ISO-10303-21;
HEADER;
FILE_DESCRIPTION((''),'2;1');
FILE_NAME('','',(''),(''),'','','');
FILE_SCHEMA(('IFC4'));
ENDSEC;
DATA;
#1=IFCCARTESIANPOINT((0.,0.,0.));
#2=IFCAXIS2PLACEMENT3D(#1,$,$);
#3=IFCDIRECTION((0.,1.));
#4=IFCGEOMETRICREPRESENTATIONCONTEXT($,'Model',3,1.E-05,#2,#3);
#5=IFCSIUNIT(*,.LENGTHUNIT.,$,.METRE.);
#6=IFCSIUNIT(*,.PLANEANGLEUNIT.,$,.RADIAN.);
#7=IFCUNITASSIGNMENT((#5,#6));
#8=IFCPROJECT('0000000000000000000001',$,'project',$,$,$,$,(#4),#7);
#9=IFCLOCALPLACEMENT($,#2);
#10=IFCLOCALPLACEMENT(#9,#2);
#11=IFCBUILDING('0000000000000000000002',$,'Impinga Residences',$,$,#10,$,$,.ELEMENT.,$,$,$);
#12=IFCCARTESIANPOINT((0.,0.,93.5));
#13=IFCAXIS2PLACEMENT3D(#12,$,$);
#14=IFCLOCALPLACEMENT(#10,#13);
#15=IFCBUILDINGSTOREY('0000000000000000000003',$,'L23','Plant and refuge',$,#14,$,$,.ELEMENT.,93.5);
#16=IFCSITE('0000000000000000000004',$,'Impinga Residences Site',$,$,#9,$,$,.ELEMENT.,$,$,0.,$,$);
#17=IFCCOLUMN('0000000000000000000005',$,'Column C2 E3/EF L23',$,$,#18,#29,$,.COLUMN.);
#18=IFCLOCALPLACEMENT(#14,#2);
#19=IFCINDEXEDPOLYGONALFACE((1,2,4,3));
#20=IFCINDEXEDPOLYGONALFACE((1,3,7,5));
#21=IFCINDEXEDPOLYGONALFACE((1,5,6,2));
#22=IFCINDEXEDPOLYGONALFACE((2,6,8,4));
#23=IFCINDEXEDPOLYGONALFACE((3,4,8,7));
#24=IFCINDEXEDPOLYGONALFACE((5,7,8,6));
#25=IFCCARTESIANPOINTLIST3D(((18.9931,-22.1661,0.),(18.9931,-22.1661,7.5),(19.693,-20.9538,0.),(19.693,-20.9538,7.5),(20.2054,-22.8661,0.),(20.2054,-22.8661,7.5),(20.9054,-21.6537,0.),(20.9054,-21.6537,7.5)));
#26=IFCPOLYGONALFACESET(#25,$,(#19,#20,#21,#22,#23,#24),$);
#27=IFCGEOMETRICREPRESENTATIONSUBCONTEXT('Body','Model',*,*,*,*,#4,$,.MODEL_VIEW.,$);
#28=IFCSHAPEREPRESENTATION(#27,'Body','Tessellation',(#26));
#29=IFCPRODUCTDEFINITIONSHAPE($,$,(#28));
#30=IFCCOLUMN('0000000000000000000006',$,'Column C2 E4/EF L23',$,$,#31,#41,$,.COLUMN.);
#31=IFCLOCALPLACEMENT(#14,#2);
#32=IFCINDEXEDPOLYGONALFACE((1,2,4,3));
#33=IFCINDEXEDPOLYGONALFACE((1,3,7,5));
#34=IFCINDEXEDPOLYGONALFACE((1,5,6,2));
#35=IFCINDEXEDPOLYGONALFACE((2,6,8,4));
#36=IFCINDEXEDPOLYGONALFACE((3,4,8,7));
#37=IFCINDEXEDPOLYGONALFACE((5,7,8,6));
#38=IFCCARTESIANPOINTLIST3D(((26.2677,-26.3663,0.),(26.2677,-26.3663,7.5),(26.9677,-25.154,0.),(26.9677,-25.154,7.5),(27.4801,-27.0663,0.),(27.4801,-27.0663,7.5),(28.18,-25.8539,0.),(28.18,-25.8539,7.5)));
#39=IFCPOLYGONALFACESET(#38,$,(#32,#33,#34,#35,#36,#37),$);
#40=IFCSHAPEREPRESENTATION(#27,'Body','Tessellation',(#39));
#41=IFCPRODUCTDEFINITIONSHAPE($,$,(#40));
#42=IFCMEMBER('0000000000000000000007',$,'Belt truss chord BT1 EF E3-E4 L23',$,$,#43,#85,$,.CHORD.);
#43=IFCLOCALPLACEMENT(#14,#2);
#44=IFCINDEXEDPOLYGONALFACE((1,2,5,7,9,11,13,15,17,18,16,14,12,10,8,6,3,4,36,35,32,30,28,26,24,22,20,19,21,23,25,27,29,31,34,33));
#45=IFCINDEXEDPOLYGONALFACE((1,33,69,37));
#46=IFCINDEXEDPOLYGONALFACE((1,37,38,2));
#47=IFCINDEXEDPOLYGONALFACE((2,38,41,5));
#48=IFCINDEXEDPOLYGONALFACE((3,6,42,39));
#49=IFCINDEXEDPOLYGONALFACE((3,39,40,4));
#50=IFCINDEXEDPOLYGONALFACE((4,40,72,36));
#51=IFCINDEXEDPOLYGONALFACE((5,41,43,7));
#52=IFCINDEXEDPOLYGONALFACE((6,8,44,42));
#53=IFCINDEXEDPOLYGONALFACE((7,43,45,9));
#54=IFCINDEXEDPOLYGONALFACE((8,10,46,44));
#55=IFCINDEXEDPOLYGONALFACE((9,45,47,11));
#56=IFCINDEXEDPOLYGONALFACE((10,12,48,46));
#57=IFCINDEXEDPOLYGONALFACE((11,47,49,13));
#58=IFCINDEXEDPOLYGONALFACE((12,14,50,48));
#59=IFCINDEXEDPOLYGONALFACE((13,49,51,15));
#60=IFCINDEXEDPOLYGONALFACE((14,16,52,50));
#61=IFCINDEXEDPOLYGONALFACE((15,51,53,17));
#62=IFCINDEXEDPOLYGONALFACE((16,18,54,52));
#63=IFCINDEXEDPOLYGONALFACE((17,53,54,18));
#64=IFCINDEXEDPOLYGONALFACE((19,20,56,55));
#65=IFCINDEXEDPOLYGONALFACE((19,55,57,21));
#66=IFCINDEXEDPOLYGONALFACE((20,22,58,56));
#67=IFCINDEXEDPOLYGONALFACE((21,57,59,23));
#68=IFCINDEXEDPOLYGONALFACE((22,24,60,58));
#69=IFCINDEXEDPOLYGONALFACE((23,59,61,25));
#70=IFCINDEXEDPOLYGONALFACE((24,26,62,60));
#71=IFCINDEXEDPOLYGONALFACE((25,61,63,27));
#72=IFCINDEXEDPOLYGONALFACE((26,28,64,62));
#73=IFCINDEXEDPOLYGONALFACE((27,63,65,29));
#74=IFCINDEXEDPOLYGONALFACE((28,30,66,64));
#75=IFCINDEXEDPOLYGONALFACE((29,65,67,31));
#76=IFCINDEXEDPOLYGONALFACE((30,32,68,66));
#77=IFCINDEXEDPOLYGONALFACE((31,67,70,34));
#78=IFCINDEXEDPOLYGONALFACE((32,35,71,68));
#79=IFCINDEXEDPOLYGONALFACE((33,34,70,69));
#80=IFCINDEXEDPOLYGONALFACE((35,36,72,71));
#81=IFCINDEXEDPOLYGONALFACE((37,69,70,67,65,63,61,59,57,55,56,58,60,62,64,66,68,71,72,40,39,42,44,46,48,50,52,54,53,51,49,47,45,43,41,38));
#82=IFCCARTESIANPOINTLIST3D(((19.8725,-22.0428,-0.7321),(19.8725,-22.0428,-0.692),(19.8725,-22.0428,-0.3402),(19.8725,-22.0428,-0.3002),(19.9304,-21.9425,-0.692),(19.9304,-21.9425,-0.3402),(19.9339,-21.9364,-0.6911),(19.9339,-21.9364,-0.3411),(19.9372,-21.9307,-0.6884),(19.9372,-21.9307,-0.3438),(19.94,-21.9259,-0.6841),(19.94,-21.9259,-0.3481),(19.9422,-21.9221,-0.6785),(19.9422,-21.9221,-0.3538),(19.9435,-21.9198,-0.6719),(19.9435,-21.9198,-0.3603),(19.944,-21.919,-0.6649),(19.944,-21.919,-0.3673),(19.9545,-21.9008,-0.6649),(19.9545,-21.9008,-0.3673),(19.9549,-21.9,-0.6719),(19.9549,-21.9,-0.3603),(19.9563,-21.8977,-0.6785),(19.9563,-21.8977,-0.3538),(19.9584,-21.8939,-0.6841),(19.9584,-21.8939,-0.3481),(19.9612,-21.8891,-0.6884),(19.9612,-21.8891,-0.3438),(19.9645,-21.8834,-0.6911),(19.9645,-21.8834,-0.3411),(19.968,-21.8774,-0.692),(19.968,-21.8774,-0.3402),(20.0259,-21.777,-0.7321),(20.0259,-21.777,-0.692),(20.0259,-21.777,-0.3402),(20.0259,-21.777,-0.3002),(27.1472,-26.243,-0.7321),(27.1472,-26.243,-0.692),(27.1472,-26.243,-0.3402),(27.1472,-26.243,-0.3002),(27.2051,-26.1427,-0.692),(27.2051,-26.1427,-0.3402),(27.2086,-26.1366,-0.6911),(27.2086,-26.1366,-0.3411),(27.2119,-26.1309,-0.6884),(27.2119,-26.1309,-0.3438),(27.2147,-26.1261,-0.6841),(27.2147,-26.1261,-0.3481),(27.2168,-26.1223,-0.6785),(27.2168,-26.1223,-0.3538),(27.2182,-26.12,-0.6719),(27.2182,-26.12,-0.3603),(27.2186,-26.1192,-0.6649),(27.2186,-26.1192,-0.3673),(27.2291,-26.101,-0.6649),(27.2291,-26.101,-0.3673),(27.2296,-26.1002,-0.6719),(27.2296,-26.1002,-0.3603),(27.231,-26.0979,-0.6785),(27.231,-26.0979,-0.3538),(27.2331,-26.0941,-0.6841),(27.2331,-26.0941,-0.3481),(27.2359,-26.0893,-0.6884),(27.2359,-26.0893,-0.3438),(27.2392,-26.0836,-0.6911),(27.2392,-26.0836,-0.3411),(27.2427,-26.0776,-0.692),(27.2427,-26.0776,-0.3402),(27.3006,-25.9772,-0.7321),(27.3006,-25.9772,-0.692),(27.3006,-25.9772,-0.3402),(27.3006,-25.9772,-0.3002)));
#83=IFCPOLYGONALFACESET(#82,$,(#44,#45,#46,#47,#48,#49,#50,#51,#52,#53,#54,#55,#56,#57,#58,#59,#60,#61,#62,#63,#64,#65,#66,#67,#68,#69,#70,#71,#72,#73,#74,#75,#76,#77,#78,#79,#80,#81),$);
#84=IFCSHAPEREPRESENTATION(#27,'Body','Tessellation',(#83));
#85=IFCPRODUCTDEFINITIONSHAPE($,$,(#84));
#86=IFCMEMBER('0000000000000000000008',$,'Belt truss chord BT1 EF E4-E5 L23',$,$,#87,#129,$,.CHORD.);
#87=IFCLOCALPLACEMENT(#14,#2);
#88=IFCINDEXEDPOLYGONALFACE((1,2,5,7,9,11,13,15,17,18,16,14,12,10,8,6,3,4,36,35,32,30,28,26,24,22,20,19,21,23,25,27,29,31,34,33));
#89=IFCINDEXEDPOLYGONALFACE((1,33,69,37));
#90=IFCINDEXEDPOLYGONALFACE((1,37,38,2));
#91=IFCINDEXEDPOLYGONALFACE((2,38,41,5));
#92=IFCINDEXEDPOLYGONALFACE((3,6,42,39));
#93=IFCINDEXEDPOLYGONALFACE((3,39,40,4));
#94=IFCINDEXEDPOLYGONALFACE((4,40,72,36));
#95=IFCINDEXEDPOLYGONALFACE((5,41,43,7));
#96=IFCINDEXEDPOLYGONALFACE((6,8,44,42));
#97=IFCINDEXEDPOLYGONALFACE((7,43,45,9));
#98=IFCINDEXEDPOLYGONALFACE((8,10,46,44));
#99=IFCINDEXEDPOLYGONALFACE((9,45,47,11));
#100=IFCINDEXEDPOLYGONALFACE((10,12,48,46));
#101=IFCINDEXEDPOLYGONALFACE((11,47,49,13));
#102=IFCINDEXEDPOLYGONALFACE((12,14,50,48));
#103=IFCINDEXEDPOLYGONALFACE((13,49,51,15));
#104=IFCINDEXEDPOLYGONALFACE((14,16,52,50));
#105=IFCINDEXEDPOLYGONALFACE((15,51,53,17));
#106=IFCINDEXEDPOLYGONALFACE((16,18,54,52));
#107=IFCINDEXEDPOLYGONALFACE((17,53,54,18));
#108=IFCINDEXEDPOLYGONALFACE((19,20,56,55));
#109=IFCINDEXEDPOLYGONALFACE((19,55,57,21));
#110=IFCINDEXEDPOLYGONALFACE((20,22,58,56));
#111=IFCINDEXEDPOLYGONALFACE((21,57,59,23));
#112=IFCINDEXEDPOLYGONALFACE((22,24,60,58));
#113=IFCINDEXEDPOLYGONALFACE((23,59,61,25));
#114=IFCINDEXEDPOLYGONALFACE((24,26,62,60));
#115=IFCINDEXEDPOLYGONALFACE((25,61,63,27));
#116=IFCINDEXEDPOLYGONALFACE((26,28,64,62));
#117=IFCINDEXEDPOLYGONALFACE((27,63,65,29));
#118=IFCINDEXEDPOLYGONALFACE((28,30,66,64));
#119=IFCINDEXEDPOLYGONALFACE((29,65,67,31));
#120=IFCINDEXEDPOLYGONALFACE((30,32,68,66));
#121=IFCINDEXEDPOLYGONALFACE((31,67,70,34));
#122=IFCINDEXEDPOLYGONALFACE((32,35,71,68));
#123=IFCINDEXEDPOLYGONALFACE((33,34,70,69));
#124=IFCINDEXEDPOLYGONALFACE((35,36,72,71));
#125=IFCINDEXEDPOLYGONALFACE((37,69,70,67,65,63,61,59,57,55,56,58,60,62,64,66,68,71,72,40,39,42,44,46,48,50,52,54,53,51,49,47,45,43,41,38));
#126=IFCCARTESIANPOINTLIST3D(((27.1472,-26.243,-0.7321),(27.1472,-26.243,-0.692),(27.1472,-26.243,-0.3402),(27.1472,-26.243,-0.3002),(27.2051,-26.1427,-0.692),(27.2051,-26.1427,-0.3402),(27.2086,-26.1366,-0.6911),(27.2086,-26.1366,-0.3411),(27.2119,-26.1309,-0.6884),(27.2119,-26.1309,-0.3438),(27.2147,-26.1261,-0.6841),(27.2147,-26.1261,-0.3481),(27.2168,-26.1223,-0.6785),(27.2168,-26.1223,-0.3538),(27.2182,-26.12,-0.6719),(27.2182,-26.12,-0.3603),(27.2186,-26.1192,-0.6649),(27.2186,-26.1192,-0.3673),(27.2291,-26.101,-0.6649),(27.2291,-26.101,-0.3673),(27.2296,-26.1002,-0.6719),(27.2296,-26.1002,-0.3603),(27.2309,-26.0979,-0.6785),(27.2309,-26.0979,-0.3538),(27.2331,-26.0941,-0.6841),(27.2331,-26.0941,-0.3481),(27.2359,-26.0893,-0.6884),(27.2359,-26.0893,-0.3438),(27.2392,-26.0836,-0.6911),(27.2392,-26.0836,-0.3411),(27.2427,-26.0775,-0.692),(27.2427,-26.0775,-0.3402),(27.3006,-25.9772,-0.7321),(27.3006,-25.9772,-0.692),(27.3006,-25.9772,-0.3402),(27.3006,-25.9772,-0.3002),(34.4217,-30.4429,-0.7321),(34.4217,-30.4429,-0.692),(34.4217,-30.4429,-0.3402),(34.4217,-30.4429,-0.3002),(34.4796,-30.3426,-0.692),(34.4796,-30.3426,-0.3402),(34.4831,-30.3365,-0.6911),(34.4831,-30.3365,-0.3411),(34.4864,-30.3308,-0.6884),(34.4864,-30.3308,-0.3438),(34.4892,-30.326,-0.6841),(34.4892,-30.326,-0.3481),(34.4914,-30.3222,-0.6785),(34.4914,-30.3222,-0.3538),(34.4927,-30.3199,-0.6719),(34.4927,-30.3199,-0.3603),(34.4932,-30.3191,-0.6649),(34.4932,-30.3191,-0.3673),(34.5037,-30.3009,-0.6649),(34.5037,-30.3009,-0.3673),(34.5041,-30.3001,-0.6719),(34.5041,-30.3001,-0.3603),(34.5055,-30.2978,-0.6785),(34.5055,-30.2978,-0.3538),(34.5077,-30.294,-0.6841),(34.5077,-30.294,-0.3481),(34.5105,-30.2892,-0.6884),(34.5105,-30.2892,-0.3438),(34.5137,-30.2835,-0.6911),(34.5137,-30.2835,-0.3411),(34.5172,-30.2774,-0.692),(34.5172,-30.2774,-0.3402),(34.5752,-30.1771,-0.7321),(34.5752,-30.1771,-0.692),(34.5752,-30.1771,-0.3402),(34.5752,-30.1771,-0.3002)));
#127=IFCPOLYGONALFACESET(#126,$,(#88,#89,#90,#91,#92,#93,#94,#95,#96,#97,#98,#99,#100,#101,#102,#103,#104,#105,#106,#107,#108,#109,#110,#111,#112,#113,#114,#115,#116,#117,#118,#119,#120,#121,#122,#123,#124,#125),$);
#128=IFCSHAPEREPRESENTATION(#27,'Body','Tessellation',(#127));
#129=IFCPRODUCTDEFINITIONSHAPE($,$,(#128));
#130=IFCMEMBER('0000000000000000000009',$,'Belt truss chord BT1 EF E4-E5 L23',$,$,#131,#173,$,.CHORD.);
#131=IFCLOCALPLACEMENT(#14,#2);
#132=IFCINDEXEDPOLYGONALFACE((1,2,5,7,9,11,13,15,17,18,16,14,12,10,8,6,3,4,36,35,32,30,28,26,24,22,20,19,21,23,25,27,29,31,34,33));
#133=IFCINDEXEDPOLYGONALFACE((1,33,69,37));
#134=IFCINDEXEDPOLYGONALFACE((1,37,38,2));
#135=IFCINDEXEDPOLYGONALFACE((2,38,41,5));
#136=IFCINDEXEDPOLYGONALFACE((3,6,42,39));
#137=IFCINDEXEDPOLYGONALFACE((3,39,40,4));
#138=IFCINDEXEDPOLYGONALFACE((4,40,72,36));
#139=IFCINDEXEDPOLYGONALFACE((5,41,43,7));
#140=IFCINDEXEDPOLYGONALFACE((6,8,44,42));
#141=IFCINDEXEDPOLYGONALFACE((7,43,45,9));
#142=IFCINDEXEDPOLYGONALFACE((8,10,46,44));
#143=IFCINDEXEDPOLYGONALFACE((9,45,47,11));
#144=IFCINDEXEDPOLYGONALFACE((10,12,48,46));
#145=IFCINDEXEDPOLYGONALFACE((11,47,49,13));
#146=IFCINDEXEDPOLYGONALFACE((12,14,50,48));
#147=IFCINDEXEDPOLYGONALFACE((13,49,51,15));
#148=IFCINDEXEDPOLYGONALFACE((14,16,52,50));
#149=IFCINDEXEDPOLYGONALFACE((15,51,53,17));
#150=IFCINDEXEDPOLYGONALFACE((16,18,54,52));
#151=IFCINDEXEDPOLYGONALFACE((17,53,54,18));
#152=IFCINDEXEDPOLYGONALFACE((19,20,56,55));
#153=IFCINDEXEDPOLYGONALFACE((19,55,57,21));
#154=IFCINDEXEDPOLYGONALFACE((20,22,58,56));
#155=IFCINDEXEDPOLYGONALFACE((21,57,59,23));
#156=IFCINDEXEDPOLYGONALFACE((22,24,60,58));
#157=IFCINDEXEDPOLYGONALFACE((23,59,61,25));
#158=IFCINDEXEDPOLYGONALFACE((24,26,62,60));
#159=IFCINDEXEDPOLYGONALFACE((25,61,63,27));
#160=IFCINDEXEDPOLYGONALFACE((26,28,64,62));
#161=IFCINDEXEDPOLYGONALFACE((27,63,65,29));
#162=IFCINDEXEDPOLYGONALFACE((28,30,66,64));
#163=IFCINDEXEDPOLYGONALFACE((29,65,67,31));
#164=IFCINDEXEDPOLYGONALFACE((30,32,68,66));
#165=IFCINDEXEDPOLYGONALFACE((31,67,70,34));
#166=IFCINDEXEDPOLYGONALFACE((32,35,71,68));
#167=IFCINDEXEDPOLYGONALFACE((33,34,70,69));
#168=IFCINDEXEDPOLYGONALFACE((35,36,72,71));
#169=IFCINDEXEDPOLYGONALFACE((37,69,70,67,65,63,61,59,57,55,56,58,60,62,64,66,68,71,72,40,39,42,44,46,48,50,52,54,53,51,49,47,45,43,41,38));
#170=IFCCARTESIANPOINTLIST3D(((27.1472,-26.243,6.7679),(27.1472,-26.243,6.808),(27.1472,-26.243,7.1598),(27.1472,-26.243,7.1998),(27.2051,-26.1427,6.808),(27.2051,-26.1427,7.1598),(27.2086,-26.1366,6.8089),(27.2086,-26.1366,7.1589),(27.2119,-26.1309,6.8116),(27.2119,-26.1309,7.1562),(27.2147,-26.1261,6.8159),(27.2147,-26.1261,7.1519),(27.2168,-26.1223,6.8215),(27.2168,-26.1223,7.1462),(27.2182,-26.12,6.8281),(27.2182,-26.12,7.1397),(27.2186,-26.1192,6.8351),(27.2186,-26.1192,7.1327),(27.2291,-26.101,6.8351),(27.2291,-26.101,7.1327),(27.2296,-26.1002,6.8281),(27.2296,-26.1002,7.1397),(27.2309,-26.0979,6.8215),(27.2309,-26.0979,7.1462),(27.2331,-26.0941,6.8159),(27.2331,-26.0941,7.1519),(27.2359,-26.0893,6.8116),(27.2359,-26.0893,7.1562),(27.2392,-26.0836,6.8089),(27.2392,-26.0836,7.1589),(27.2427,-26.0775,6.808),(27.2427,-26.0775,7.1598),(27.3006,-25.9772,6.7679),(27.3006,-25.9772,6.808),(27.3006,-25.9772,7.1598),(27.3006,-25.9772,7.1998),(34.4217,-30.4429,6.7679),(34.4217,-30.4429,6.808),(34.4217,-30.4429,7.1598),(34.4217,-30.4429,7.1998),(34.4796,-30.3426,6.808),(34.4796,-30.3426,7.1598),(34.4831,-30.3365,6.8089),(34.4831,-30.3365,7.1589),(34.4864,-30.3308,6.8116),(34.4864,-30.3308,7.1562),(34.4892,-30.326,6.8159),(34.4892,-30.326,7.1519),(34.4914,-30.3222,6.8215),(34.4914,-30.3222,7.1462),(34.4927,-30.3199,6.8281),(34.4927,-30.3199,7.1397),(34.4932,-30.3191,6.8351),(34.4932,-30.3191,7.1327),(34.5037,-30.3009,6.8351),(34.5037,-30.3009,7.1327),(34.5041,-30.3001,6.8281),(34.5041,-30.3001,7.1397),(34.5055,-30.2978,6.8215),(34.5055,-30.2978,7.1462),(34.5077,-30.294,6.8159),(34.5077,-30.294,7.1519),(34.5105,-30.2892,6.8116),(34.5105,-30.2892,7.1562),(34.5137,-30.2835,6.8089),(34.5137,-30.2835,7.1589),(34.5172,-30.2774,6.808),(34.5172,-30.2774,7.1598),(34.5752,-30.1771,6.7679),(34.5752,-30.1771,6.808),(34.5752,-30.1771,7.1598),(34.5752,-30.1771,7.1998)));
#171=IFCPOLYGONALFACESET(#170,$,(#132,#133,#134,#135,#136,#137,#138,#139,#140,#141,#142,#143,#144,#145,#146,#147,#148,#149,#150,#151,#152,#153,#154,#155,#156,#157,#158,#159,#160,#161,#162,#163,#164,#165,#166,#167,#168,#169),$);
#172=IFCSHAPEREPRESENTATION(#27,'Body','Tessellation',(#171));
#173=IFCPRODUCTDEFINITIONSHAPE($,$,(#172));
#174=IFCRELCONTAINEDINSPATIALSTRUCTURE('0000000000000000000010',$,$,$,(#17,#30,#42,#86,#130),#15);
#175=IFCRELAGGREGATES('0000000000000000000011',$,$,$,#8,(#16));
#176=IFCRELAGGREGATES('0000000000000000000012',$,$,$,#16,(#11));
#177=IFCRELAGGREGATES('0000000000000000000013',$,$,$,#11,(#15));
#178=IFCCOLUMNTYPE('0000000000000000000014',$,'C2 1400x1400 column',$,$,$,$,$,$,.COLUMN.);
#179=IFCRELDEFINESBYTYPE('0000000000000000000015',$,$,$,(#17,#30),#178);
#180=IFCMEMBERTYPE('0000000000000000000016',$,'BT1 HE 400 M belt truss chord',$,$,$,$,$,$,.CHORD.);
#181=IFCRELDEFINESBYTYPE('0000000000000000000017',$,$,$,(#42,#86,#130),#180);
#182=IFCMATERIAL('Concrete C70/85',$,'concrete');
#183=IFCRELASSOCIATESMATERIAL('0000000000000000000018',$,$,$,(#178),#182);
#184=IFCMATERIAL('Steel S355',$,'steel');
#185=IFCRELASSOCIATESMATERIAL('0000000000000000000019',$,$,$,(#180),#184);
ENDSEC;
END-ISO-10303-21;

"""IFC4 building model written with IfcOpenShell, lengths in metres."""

from ifc_helpers import new_model, si_unit, direction, frame, origin, origin_2d, place, context, subcontext, project, spatial, rectangle, i_section, extrude, material, material_profile, profile_set, type_object, element, save


model = new_model("IFC4")

# Units and contexts
model_context = context("Model", 3, precision=1e-05, world=origin(), true_north=direction((0.0, 1.0)))
body_context = subcontext(model_context, "Body", "Model", "MODEL_VIEW")
ifc_project = project(units=[si_unit("LENGTHUNIT", "METRE"), si_unit("PLANEANGLEUNIT", "RADIAN")], contexts=[model_context])

# Site, building, storey
site_placement = place(None, origin())
site = spatial("IfcSite", under=ifc_project, at=site_placement, Name="Impinga Residences Site", CompositionType="ELEMENT", RefElevation=0.0)
building_placement = place(site_placement, origin())
building = spatial("IfcBuilding", under=site, at=building_placement, Name="Impinga Residences", CompositionType="ELEMENT")
storey_placement = place(building_placement, frame((0.0, 0.0, 93.5)))
storey = spatial("IfcBuildingStorey", under=building, at=storey_placement, Name="L23", Description="Plant and refuge", CompositionType="ELEMENT", Elevation=93.5)

# Columns
ifc_material_1 = material(Name="Concrete C70/85", Category="concrete")
ifc_material_profile_1 = material_profile(ifc_material_1, rectangle(XDim=1.3999, YDim=1.3999, at=origin_2d()), Name="RC 1400x1400")
ifc_profile_set_1 = profile_set([ifc_material_profile_1], Name="Concrete C70/85")
column_type = type_object("IfcColumnType", Name="C2 1400x1400 column", PredefinedType="COLUMN", material=ifc_profile_set_1)
for number, where, z_axis, x_axis, name in (
    (1, (19.9492, -21.9099, 0.0), (0.0, 0.0, 1.0), (-0.5, -0.866025, 0.0), "Column C2 E3/EF L23"),
    (2, (27.2239, -26.1101, 0.0), (0.0, 0.0, 1.0), (-0.5, -0.866025, 0.0), "Column C2 E4/EF L23"),
):
    element("IfcColumn", number, at=place(storey_placement, frame(where, z_axis=z_axis, x_axis=x_axis)), inside=storey, type_object=column_type, Name=name, PredefinedType="COLUMN", context=body_context, shape_type="SweptSolid", body=[
        extrude(rectangle(XDim=1.3999, YDim=1.3999, at=origin_2d()), origin(), (0.0, 0.0, 1.0), 7.5),
    ])

# Members
ifc_material_2 = material(Name="Steel S355", Category="steel")
ifc_material_profile_2 = material_profile(ifc_material_2, i_section(OverallWidth=0.3069, OverallDepth=0.4319, WebThickness=0.021, FlangeThickness=0.04, FilletRadius=0.0271, at=origin_2d()), Name="HE 400 M")
ifc_profile_set_2 = profile_set([ifc_material_profile_2], Name="Steel S355")
member_type_1 = type_object("IfcMemberType", Name="BT1 HE 400 M belt truss chord", PredefinedType="CHORD", material=ifc_profile_set_2)
member_1_placement = place(storey_placement, frame((19.9492, -21.9099, -0.5161), z_axis=(0.866017, -0.500015, 0.0), x_axis=(0.500015, 0.866017, 0.0)))
element("IfcMember", 3, at=member_1_placement, inside=storey, type_object=member_type_1, Name="Belt truss chord BT1 EF E3-E4 L23", PredefinedType="CHORD", context=body_context, shape_type="SweptSolid", body=[
    extrude(i_section(OverallWidth=0.3069, OverallDepth=0.4319, WebThickness=0.021, FlangeThickness=0.04, FilletRadius=0.0271, at=origin_2d()), origin(), (0.0, 0.0, 1.0), 8.4001),
])
for number, where, z_axis, x_axis, name in (
    (4, (27.2239, -26.1101, -0.5161), (0.866029, -0.499993, 0.0), (0.499993, 0.866029, 0.0), "Belt truss chord BT1 EF E4-E5 L23"),
    (5, (27.2239, -26.1101, 6.9839), (0.866029, -0.499993, 0.0), (0.499993, 0.866029, 0.0), "Belt truss chord BT1 EF E4-E5 L23"),
):
    element("IfcMember", number, at=place(storey_placement, frame(where, z_axis=z_axis, x_axis=x_axis)), inside=storey, type_object=member_type_1, Name=name, PredefinedType="CHORD", context=body_context, shape_type="SweptSolid", body=[
        extrude(i_section(OverallWidth=0.3069, OverallDepth=0.4319, WebThickness=0.021, FlangeThickness=0.04, FilletRadius=0.0271, at=origin_2d()), origin(), (0.0, 0.0, 1.0), 8.3999),
    ])

save(model, "model.ifc")
